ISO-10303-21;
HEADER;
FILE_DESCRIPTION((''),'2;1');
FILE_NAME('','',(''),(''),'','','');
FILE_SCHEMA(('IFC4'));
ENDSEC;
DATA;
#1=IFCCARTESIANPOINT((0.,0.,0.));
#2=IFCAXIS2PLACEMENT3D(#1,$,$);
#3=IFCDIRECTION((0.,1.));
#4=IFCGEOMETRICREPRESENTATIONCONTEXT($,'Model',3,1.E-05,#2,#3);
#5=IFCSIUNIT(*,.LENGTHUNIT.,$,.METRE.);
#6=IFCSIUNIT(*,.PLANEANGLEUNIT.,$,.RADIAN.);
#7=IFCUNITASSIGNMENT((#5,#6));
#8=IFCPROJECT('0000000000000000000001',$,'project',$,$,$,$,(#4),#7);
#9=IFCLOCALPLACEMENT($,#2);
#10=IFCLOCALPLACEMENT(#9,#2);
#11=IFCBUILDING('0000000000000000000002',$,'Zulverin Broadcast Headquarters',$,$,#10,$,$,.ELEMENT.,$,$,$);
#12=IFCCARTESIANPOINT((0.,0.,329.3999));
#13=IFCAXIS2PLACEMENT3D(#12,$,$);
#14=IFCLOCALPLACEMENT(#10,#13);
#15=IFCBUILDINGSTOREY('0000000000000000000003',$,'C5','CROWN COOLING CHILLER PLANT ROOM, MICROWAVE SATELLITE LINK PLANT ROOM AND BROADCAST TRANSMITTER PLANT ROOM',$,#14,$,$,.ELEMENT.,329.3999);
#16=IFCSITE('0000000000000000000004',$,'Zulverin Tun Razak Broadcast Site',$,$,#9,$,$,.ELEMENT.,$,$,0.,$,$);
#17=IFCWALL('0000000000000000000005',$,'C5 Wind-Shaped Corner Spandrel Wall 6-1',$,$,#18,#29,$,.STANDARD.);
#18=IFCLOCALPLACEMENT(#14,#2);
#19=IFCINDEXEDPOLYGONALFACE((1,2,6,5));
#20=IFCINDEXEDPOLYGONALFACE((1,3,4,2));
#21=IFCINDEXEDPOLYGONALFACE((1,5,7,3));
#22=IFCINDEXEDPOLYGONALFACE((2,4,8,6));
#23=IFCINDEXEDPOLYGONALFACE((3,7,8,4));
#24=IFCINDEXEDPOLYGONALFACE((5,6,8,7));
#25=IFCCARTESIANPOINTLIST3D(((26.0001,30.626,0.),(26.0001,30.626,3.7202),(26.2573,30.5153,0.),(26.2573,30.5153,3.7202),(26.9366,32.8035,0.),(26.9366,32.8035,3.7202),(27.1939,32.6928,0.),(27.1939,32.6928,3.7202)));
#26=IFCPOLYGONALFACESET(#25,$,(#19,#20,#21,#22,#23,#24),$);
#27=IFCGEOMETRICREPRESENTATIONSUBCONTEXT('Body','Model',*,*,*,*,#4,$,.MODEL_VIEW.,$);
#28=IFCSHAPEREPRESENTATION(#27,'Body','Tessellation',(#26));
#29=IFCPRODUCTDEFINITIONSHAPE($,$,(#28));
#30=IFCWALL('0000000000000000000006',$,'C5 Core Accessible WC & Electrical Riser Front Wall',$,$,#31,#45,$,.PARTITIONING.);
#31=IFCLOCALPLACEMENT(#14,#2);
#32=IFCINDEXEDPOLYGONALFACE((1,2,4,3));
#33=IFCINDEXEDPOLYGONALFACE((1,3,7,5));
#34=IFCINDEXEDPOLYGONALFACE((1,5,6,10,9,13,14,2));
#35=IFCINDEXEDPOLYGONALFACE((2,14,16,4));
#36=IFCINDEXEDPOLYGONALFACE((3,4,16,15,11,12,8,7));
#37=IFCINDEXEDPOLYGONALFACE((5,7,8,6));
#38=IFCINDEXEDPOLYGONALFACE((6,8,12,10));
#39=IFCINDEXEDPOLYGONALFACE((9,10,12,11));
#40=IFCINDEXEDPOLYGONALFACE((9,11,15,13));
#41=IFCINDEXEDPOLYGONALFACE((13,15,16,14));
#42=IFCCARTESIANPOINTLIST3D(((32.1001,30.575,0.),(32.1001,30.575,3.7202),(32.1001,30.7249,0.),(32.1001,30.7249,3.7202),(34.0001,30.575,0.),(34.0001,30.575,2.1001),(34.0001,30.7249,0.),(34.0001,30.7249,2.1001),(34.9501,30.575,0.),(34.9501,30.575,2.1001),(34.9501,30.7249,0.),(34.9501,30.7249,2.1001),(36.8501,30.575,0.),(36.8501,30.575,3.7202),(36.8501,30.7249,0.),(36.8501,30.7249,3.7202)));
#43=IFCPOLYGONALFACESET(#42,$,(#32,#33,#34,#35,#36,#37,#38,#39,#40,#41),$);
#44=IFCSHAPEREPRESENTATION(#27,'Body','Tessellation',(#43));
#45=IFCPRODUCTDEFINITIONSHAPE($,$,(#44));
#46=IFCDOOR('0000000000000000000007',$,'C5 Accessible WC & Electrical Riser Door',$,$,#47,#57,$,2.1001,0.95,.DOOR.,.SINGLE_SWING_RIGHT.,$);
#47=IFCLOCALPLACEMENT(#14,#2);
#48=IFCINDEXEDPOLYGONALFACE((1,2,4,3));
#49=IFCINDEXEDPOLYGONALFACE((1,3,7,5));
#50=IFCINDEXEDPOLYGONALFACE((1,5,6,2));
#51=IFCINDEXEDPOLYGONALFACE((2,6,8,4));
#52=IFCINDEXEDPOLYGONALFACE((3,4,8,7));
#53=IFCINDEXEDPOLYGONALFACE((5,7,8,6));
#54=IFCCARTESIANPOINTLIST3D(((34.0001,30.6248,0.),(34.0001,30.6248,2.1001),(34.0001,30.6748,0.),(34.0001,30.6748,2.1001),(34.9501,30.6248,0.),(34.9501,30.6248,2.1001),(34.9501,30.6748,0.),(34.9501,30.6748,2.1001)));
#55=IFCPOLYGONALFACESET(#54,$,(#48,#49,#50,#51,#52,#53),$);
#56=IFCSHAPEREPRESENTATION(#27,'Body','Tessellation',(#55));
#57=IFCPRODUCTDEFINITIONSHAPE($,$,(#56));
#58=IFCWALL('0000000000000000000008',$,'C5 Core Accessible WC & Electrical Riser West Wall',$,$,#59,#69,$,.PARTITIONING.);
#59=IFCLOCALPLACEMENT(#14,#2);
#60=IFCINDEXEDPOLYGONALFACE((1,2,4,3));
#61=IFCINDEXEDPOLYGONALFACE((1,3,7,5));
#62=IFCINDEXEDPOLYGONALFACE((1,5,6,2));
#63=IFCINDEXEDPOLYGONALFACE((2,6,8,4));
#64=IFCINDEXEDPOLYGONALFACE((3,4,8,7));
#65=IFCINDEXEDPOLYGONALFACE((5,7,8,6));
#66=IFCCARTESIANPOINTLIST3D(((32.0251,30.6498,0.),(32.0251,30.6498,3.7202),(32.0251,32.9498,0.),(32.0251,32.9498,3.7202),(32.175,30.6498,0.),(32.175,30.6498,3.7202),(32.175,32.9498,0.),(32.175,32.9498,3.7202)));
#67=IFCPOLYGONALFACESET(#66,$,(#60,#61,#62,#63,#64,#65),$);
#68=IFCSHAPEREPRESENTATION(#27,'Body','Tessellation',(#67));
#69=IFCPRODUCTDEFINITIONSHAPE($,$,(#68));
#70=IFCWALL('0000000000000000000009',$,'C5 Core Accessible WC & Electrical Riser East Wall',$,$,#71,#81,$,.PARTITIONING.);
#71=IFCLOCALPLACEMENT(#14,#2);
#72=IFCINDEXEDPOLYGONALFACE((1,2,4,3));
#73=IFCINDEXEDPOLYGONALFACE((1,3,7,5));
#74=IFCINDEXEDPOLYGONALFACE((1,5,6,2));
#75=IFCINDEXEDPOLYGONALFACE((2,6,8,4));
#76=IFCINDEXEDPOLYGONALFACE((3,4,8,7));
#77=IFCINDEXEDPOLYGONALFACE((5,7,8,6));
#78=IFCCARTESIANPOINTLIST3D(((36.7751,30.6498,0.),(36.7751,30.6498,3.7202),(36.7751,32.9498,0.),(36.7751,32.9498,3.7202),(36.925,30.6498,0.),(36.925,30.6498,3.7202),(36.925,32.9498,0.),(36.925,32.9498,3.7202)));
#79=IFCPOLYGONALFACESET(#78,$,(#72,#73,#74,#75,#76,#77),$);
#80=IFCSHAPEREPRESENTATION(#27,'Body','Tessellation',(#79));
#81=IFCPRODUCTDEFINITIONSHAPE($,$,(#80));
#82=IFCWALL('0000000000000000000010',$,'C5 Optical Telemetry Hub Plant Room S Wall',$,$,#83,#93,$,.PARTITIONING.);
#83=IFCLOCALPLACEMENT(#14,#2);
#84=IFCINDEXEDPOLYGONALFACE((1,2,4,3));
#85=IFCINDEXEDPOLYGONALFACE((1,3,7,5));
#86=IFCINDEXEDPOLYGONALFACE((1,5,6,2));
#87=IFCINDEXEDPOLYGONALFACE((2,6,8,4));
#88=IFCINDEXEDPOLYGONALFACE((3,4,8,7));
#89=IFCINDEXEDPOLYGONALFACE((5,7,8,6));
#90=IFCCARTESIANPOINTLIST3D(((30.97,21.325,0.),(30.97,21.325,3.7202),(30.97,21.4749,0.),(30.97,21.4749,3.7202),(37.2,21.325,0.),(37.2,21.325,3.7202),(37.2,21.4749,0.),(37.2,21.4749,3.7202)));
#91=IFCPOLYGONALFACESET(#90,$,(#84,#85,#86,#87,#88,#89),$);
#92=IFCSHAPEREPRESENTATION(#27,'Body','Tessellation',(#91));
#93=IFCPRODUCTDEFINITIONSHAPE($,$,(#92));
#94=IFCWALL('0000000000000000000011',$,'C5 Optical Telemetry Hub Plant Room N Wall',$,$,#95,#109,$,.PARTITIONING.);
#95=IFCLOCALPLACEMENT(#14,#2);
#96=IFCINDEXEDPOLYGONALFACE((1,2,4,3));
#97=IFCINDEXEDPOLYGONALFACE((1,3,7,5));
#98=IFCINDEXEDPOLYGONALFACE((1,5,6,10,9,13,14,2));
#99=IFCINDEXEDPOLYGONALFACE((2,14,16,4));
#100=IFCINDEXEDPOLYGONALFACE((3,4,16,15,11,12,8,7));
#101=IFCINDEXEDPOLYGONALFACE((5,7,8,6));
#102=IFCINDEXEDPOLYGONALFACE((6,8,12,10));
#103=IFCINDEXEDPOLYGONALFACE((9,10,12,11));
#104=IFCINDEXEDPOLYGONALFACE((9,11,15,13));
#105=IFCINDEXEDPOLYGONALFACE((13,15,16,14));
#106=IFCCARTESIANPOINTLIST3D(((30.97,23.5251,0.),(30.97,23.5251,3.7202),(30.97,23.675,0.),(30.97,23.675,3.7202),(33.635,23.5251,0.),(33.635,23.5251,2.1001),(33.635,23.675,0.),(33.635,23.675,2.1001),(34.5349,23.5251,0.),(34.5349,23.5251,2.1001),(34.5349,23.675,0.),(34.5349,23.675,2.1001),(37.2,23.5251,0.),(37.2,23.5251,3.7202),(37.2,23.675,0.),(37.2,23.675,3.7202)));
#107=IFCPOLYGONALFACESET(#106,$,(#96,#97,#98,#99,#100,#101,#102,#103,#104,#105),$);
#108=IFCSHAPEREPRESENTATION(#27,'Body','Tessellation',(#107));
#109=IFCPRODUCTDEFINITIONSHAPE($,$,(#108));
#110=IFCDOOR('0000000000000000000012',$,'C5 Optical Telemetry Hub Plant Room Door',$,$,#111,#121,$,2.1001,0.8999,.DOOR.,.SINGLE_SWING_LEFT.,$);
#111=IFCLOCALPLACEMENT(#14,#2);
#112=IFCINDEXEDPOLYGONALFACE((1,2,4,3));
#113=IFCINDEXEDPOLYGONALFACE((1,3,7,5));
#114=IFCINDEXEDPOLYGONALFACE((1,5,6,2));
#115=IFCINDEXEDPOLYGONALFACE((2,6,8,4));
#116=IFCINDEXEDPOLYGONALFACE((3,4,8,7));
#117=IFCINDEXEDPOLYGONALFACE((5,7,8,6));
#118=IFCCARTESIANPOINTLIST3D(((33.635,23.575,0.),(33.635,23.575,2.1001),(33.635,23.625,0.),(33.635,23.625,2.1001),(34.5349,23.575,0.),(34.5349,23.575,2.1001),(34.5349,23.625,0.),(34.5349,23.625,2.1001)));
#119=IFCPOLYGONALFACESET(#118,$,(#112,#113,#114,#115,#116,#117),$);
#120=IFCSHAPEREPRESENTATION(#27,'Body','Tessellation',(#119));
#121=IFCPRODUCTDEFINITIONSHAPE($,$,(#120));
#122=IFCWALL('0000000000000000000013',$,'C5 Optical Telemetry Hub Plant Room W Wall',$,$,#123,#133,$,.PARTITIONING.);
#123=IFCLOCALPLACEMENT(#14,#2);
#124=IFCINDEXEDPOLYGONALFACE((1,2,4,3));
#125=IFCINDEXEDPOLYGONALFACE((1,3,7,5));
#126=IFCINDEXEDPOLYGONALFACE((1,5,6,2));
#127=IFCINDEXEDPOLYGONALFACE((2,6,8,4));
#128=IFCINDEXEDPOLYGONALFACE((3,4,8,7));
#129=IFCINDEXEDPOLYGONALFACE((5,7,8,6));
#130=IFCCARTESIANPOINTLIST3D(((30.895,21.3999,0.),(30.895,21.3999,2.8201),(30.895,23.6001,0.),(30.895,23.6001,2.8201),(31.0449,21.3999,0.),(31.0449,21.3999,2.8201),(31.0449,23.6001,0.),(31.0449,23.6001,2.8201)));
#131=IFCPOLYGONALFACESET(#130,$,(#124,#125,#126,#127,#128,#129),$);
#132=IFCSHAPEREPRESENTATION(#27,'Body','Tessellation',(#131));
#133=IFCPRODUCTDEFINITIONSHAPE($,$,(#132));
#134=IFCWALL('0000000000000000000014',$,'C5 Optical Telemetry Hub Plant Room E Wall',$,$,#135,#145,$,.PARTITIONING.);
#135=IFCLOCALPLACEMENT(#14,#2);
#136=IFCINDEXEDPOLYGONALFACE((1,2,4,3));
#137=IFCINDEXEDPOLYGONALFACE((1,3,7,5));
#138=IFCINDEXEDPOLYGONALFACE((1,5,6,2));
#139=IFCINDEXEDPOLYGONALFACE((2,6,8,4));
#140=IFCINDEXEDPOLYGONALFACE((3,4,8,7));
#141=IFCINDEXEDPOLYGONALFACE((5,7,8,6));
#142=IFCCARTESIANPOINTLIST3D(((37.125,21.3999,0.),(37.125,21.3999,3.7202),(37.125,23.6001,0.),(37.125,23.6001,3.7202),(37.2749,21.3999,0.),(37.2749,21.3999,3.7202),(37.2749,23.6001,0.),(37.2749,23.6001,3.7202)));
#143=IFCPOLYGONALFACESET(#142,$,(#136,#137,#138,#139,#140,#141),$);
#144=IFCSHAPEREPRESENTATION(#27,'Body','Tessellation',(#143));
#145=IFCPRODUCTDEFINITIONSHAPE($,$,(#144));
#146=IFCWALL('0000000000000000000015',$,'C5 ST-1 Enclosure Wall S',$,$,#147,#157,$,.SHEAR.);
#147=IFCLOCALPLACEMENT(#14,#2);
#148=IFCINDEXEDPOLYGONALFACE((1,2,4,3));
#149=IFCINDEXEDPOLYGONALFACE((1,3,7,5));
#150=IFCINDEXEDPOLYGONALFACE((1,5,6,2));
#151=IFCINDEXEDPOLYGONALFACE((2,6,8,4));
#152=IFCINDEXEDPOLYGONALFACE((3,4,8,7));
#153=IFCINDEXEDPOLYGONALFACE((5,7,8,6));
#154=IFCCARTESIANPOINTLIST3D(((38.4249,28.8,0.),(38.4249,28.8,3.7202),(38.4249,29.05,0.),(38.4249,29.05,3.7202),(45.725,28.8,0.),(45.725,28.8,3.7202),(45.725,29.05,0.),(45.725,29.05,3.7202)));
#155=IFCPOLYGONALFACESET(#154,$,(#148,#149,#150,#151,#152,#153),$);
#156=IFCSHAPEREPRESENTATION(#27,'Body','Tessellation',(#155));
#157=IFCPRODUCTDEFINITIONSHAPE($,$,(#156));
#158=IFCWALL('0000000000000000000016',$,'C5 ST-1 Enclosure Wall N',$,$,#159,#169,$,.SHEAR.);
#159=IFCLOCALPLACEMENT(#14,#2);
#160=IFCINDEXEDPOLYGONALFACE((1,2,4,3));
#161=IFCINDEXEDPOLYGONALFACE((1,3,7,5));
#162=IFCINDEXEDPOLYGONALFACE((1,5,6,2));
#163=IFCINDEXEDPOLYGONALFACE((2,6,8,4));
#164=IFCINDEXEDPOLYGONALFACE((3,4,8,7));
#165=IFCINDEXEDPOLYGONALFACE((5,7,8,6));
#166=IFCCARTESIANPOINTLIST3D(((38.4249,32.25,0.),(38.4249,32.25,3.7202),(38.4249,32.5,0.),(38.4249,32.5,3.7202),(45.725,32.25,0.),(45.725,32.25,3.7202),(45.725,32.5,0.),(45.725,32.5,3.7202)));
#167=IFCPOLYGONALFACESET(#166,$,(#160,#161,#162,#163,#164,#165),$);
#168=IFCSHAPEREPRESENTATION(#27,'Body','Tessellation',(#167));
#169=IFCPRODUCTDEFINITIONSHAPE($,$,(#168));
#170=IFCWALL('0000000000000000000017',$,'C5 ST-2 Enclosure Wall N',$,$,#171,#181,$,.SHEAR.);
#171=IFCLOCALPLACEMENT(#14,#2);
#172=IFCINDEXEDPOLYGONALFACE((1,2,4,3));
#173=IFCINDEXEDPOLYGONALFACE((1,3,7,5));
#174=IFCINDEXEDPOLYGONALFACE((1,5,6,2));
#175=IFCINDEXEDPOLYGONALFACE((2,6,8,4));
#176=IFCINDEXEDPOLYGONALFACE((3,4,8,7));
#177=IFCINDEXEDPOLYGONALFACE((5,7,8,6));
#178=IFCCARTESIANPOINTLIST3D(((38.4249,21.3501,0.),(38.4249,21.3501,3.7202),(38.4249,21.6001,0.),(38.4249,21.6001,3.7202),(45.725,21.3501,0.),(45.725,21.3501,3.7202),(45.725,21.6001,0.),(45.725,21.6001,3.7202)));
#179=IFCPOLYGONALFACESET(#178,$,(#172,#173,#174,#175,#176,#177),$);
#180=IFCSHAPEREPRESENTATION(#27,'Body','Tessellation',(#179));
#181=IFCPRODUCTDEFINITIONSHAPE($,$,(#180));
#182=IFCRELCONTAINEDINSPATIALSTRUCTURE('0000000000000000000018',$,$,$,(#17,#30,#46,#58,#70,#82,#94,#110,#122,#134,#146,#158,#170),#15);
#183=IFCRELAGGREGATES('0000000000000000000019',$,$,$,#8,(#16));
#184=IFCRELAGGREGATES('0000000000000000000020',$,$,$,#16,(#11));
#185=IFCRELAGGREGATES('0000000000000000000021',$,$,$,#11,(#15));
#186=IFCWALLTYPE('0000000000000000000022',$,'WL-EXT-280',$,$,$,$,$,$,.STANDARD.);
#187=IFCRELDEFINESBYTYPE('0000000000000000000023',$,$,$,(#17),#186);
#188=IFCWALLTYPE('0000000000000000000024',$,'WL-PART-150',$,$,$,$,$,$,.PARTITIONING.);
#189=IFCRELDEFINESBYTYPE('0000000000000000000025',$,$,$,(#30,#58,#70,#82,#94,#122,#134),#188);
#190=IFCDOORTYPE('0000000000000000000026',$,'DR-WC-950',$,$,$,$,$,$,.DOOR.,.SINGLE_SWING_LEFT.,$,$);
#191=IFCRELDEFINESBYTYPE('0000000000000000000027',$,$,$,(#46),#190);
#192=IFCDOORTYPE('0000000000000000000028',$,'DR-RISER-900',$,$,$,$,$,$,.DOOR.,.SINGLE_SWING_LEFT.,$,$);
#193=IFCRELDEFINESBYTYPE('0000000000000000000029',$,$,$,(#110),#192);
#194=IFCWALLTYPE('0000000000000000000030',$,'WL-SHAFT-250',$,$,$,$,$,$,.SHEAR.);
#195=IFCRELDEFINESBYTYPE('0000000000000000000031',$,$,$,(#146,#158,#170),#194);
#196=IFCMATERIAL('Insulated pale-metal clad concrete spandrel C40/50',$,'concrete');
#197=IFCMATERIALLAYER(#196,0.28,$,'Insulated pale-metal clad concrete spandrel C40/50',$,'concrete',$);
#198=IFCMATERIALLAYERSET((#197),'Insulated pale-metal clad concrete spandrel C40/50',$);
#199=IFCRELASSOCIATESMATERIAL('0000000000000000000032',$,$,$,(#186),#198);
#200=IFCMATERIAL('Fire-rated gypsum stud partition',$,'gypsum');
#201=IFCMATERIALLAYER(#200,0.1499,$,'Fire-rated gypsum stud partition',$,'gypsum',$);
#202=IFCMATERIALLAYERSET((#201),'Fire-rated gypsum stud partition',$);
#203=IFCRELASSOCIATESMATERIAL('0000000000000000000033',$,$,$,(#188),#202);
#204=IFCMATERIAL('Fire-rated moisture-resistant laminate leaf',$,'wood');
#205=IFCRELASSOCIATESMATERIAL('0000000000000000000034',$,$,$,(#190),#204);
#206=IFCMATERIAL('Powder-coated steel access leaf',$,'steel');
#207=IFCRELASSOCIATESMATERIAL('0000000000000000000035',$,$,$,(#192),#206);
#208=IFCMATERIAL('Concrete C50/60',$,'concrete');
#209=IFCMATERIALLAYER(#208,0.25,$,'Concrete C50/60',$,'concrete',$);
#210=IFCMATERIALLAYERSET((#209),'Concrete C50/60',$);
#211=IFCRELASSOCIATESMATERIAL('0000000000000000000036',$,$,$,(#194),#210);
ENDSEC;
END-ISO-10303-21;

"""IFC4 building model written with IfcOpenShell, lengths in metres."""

from ifc_helpers import new_model, si_unit, direction, frame, frame_2d, origin, place, context, subcontext, project, spatial, rectangle, extrude, material, layer, layer_set, type_object, element, fill, save


model = new_model("IFC4")

# Units and contexts
model_context = context("Model", 3, precision=1e-05, world=origin(), true_north=direction((0.0, 1.0)))
body_context = subcontext(model_context, "Body", "Model", "MODEL_VIEW")
ifc_project = project(units=[si_unit("LENGTHUNIT", "METRE"), si_unit("PLANEANGLEUNIT", "RADIAN")], contexts=[model_context])

# Site, building, storey
site_placement = place(None, origin())
site = spatial("IfcSite", under=ifc_project, at=site_placement, Name="Zulverin Tun Razak Broadcast Site", CompositionType="ELEMENT", RefElevation=0.0)
building_placement = place(site_placement, origin())
building = spatial("IfcBuilding", under=site, at=building_placement, Name="Zulverin Broadcast Headquarters", CompositionType="ELEMENT")
storey_placement = place(building_placement, frame((0.0, 0.0, 329.3999)))
storey = spatial("IfcBuildingStorey", under=building, at=storey_placement, Name="C5", Description="CROWN COOLING CHILLER PLANT ROOM, MICROWAVE SATELLITE LINK PLANT ROOM AND BROADCAST TRANSMITTER PLANT ROOM", CompositionType="ELEMENT", Elevation=329.3999)

# Shared definitions
ifc_material_1 = material(Name="Insulated pale-metal clad concrete spandrel C40/50", Category="concrete")
ifc_layer_1 = layer(ifc_material_1, 0.28, Name="Insulated pale-metal clad concrete spandrel C40/50", Category="concrete")
ifc_layer_set_1 = layer_set([ifc_layer_1], Name="Insulated pale-metal clad concrete spandrel C40/50")
wall_type_1 = type_object("IfcWallType", Name="WL-EXT-280", PredefinedType="STANDARD", material=ifc_layer_set_1)

# Wall
wall_1_placement = place(storey_placement, frame((27.0652, 32.748, 0.0), z_axis=(0.0, 0.0, 1.0), x_axis=(-0.3951, -0.918638, 0.0)))
element("IfcWall", 1, at=wall_1_placement, inside=storey, type_object=wall_type_1, Name="C5 Wind-Shaped Corner Spandrel Wall 6-1", PredefinedType="STANDARD", context=body_context, shape_type="SweptSolid", body=[
    extrude(rectangle(XDim=2.3704, YDim=0.28, at=frame_2d((1.1851, 0.0))), origin(), (0.0, 0.0, 1.0), 3.7202),
])

# Wall, opening, door
ifc_material_2 = material(Name="Fire-rated gypsum stud partition", Category="gypsum")
ifc_layer_2 = layer(ifc_material_2, 0.1499, Name="Fire-rated gypsum stud partition", Category="gypsum")
ifc_layer_set_2 = layer_set([ifc_layer_2], Name="Fire-rated gypsum stud partition")
wall_type_2 = type_object("IfcWallType", Name="WL-PART-150", PredefinedType="PARTITIONING", material=ifc_layer_set_2)
wall_2_placement = place(storey_placement, frame((32.1001, 30.6499, 0.0), z_axis=(0.0, 0.0, 1.0), x_axis=(1.0, 0.0, 0.0)))
wall_2 = element("IfcWall", 2, at=wall_2_placement, inside=storey, type_object=wall_type_2, Name="C5 Core Accessible WC & Electrical Riser Front Wall", PredefinedType="PARTITIONING", context=body_context, shape_type="SweptSolid", body=[
    extrude(rectangle(XDim=4.75, YDim=0.1499, at=frame_2d((2.375, 0.0))), origin(), (0.0, 0.0, 1.0), 3.7202),
])
opening_1_placement = place(wall_2_placement, frame((1.8999, 0.0, 0.0)))
opening_1 = element("IfcOpeningElement", 3, at=opening_1_placement, cuts=wall_2, PredefinedType="OPENING", context=body_context, shape_type="SweptSolid", body=[
    extrude(rectangle(XDim=0.95, YDim=2.1001, at=frame_2d((0.4751, 1.05))), frame((0.0, 0.085, 0.0), z_axis=(0.0, -1.0, 0.0), x_axis=(1.0, 0.0, 0.0)), (0.0, 0.0, 1.0), 0.1699),
])
ifc_material_3 = material(Name="Fire-rated moisture-resistant laminate leaf", Category="wood")
door_type_1 = type_object("IfcDoorType", Name="DR-WC-950", OperationType="SINGLE_SWING_LEFT", PredefinedType="DOOR", material=ifc_material_3)
door_1_placement = place(opening_1_placement, origin())
door_1 = element("IfcDoor", 4, at=door_1_placement, inside=storey, type_object=door_type_1, Name="C5 Accessible WC & Electrical Riser Door", OperationType="SINGLE_SWING_RIGHT", OverallHeight=2.1001, OverallWidth=0.95, PredefinedType="DOOR", context=body_context, shape_type="SweptSolid", body=[
    extrude(rectangle(XDim=0.95, YDim=2.1001, at=frame_2d((0.4751, 1.05))), frame((0.0, 0.0249, 0.0), z_axis=(0.0, -1.0, 0.0), x_axis=(1.0, 0.0, 0.0)), (0.0, 0.0, 1.0), 0.05),
])
fill(opening_1, door_1)

# Walls
for number, where, z_axis, x_axis, name in (
    (5, (32.1001, 30.6499, 0.0), (0.0, 0.0, 1.0), (0.0, 1.0, 0.0), "C5 Core Accessible WC & Electrical Riser West Wall"),
    (6, (36.8501, 30.6499, 0.0), (0.0, 0.0, 1.0), (0.0, 1.0, 0.0), "C5 Core Accessible WC & Electrical Riser East Wall"),
):
    element("IfcWall", number, at=place(storey_placement, frame(where, z_axis=z_axis, x_axis=x_axis)), inside=storey, type_object=wall_type_2, Name=name, PredefinedType="PARTITIONING", context=body_context, shape_type="SweptSolid", body=[
        extrude(rectangle(XDim=2.3, YDim=0.1499, at=frame_2d((1.1499, 0.0))), origin(), (0.0, 0.0, 1.0), 3.7202),
    ])
wall_3_placement = place(storey_placement, frame((30.97, 21.3999, 0.0), z_axis=(0.0, 0.0, 1.0), x_axis=(1.0, 0.0, 0.0)))
element("IfcWall", 7, at=wall_3_placement, inside=storey, type_object=wall_type_2, Name="C5 Optical Telemetry Hub Plant Room S Wall", PredefinedType="PARTITIONING", context=body_context, shape_type="SweptSolid", body=[
    extrude(rectangle(XDim=6.23, YDim=0.1499, at=frame_2d((3.115, 0.0))), origin(), (0.0, 0.0, 1.0), 3.7202),
])

# Wall, opening, door
wall_4_placement = place(storey_placement, frame((30.97, 23.6001, 0.0), z_axis=(0.0, 0.0, 1.0), x_axis=(1.0, 0.0, 0.0)))
wall_4 = element("IfcWall", 8, at=wall_4_placement, inside=storey, type_object=wall_type_2, Name="C5 Optical Telemetry Hub Plant Room N Wall", PredefinedType="PARTITIONING", context=body_context, shape_type="SweptSolid", body=[
    extrude(rectangle(XDim=6.23, YDim=0.1499, at=frame_2d((3.115, 0.0))), origin(), (0.0, 0.0, 1.0), 3.7202),
])
opening_2_placement = place(wall_4_placement, frame((2.665, 0.0, 0.0)))
opening_2 = element("IfcOpeningElement", 9, at=opening_2_placement, cuts=wall_4, PredefinedType="OPENING", context=body_context, shape_type="SweptSolid", body=[
    extrude(rectangle(XDim=0.8999, YDim=2.1001, at=frame_2d((0.45, 1.05))), frame((0.0, 0.085, 0.0), z_axis=(0.0, -1.0, 0.0), x_axis=(1.0, 0.0, 0.0)), (0.0, 0.0, 1.0), 0.1699),
])
ifc_material_4 = material(Name="Powder-coated steel access leaf", Category="steel")
door_type_2 = type_object("IfcDoorType", Name="DR-RISER-900", OperationType="SINGLE_SWING_LEFT", PredefinedType="DOOR", material=ifc_material_4)
door_2_placement = place(opening_2_placement, origin())
door_2 = element("IfcDoor", 10, at=door_2_placement, inside=storey, type_object=door_type_2, Name="C5 Optical Telemetry Hub Plant Room Door", OperationType="SINGLE_SWING_LEFT", OverallHeight=2.1001, OverallWidth=0.8999, PredefinedType="DOOR", context=body_context, shape_type="SweptSolid", body=[
    extrude(rectangle(XDim=0.8999, YDim=2.1001, at=frame_2d((0.45, 1.05))), frame((0.0, 0.0249, 0.0), z_axis=(0.0, -1.0, 0.0), x_axis=(1.0, 0.0, 0.0)), (0.0, 0.0, 1.0), 0.05),
])
fill(opening_2, door_2)

# Walls
wall_5_placement = place(storey_placement, frame((30.97, 21.3999, 0.0), z_axis=(0.0, 0.0, 1.0), x_axis=(0.0, 1.0, 0.0)))
element("IfcWall", 11, at=wall_5_placement, inside=storey, type_object=wall_type_2, Name="C5 Optical Telemetry Hub Plant Room W Wall", PredefinedType="PARTITIONING", context=body_context, shape_type="SweptSolid", body=[
    extrude(rectangle(XDim=2.2002, YDim=0.1499, at=frame_2d((1.1001, 0.0))), origin(), (0.0, 0.0, 1.0), 2.8201),
])
wall_6_placement = place(storey_placement, frame((37.2, 21.3999, 0.0), z_axis=(0.0, 0.0, 1.0), x_axis=(0.0, 1.0, 0.0)))
element("IfcWall", 12, at=wall_6_placement, inside=storey, type_object=wall_type_2, Name="C5 Optical Telemetry Hub Plant Room E Wall", PredefinedType="PARTITIONING", context=body_context, shape_type="SweptSolid", body=[
    extrude(rectangle(XDim=2.2002, YDim=0.1499, at=frame_2d((1.1001, 0.0))), origin(), (0.0, 0.0, 1.0), 3.7202),
])
ifc_material_5 = material(Name="Concrete C50/60", Category="concrete")
ifc_layer_3 = layer(ifc_material_5, 0.25, Name="Concrete C50/60", Category="concrete")
ifc_layer_set_3 = layer_set([ifc_layer_3], Name="Concrete C50/60")
wall_type_3 = type_object("IfcWallType", Name="WL-SHAFT-250", PredefinedType="SHEAR", material=ifc_layer_set_3)
for number, where, z_axis, x_axis, name in (
    (13, (38.425, 28.925, 0.0), (0.0, 0.0, 1.0), (1.0, 0.0, 0.0), "C5 ST-1 Enclosure Wall S"),
    (14, (38.425, 32.375, 0.0), (0.0, 0.0, 1.0), (1.0, 0.0, 0.0), "C5 ST-1 Enclosure Wall N"),
):
    element("IfcWall", number, at=place(storey_placement, frame(where, z_axis=z_axis, x_axis=x_axis)), inside=storey, type_object=wall_type_3, Name=name, PredefinedType="SHEAR", context=body_context, shape_type="SweptSolid", body=[
        extrude(rectangle(XDim=7.3, YDim=0.25, at=frame_2d((3.6499, 0.0))), origin(), (0.0, 0.0, 1.0), 3.7202),
    ])

# Wall
wall_7_placement = place(storey_placement, frame((38.425, 21.4751, 0.0), z_axis=(0.0, 0.0, 1.0), x_axis=(1.0, 0.0, 0.0)))
element("IfcWall", 15, at=wall_7_placement, inside=storey, type_object=wall_type_3, Name="C5 ST-2 Enclosure Wall N", PredefinedType="SHEAR", context=body_context, shape_type="SweptSolid", body=[
    extrude(rectangle(XDim=7.3, YDim=0.25, at=frame_2d((3.6499, 0.0))), origin(), (0.0, 0.0, 1.0), 3.7202),
])

save(model, "model.ifc")
